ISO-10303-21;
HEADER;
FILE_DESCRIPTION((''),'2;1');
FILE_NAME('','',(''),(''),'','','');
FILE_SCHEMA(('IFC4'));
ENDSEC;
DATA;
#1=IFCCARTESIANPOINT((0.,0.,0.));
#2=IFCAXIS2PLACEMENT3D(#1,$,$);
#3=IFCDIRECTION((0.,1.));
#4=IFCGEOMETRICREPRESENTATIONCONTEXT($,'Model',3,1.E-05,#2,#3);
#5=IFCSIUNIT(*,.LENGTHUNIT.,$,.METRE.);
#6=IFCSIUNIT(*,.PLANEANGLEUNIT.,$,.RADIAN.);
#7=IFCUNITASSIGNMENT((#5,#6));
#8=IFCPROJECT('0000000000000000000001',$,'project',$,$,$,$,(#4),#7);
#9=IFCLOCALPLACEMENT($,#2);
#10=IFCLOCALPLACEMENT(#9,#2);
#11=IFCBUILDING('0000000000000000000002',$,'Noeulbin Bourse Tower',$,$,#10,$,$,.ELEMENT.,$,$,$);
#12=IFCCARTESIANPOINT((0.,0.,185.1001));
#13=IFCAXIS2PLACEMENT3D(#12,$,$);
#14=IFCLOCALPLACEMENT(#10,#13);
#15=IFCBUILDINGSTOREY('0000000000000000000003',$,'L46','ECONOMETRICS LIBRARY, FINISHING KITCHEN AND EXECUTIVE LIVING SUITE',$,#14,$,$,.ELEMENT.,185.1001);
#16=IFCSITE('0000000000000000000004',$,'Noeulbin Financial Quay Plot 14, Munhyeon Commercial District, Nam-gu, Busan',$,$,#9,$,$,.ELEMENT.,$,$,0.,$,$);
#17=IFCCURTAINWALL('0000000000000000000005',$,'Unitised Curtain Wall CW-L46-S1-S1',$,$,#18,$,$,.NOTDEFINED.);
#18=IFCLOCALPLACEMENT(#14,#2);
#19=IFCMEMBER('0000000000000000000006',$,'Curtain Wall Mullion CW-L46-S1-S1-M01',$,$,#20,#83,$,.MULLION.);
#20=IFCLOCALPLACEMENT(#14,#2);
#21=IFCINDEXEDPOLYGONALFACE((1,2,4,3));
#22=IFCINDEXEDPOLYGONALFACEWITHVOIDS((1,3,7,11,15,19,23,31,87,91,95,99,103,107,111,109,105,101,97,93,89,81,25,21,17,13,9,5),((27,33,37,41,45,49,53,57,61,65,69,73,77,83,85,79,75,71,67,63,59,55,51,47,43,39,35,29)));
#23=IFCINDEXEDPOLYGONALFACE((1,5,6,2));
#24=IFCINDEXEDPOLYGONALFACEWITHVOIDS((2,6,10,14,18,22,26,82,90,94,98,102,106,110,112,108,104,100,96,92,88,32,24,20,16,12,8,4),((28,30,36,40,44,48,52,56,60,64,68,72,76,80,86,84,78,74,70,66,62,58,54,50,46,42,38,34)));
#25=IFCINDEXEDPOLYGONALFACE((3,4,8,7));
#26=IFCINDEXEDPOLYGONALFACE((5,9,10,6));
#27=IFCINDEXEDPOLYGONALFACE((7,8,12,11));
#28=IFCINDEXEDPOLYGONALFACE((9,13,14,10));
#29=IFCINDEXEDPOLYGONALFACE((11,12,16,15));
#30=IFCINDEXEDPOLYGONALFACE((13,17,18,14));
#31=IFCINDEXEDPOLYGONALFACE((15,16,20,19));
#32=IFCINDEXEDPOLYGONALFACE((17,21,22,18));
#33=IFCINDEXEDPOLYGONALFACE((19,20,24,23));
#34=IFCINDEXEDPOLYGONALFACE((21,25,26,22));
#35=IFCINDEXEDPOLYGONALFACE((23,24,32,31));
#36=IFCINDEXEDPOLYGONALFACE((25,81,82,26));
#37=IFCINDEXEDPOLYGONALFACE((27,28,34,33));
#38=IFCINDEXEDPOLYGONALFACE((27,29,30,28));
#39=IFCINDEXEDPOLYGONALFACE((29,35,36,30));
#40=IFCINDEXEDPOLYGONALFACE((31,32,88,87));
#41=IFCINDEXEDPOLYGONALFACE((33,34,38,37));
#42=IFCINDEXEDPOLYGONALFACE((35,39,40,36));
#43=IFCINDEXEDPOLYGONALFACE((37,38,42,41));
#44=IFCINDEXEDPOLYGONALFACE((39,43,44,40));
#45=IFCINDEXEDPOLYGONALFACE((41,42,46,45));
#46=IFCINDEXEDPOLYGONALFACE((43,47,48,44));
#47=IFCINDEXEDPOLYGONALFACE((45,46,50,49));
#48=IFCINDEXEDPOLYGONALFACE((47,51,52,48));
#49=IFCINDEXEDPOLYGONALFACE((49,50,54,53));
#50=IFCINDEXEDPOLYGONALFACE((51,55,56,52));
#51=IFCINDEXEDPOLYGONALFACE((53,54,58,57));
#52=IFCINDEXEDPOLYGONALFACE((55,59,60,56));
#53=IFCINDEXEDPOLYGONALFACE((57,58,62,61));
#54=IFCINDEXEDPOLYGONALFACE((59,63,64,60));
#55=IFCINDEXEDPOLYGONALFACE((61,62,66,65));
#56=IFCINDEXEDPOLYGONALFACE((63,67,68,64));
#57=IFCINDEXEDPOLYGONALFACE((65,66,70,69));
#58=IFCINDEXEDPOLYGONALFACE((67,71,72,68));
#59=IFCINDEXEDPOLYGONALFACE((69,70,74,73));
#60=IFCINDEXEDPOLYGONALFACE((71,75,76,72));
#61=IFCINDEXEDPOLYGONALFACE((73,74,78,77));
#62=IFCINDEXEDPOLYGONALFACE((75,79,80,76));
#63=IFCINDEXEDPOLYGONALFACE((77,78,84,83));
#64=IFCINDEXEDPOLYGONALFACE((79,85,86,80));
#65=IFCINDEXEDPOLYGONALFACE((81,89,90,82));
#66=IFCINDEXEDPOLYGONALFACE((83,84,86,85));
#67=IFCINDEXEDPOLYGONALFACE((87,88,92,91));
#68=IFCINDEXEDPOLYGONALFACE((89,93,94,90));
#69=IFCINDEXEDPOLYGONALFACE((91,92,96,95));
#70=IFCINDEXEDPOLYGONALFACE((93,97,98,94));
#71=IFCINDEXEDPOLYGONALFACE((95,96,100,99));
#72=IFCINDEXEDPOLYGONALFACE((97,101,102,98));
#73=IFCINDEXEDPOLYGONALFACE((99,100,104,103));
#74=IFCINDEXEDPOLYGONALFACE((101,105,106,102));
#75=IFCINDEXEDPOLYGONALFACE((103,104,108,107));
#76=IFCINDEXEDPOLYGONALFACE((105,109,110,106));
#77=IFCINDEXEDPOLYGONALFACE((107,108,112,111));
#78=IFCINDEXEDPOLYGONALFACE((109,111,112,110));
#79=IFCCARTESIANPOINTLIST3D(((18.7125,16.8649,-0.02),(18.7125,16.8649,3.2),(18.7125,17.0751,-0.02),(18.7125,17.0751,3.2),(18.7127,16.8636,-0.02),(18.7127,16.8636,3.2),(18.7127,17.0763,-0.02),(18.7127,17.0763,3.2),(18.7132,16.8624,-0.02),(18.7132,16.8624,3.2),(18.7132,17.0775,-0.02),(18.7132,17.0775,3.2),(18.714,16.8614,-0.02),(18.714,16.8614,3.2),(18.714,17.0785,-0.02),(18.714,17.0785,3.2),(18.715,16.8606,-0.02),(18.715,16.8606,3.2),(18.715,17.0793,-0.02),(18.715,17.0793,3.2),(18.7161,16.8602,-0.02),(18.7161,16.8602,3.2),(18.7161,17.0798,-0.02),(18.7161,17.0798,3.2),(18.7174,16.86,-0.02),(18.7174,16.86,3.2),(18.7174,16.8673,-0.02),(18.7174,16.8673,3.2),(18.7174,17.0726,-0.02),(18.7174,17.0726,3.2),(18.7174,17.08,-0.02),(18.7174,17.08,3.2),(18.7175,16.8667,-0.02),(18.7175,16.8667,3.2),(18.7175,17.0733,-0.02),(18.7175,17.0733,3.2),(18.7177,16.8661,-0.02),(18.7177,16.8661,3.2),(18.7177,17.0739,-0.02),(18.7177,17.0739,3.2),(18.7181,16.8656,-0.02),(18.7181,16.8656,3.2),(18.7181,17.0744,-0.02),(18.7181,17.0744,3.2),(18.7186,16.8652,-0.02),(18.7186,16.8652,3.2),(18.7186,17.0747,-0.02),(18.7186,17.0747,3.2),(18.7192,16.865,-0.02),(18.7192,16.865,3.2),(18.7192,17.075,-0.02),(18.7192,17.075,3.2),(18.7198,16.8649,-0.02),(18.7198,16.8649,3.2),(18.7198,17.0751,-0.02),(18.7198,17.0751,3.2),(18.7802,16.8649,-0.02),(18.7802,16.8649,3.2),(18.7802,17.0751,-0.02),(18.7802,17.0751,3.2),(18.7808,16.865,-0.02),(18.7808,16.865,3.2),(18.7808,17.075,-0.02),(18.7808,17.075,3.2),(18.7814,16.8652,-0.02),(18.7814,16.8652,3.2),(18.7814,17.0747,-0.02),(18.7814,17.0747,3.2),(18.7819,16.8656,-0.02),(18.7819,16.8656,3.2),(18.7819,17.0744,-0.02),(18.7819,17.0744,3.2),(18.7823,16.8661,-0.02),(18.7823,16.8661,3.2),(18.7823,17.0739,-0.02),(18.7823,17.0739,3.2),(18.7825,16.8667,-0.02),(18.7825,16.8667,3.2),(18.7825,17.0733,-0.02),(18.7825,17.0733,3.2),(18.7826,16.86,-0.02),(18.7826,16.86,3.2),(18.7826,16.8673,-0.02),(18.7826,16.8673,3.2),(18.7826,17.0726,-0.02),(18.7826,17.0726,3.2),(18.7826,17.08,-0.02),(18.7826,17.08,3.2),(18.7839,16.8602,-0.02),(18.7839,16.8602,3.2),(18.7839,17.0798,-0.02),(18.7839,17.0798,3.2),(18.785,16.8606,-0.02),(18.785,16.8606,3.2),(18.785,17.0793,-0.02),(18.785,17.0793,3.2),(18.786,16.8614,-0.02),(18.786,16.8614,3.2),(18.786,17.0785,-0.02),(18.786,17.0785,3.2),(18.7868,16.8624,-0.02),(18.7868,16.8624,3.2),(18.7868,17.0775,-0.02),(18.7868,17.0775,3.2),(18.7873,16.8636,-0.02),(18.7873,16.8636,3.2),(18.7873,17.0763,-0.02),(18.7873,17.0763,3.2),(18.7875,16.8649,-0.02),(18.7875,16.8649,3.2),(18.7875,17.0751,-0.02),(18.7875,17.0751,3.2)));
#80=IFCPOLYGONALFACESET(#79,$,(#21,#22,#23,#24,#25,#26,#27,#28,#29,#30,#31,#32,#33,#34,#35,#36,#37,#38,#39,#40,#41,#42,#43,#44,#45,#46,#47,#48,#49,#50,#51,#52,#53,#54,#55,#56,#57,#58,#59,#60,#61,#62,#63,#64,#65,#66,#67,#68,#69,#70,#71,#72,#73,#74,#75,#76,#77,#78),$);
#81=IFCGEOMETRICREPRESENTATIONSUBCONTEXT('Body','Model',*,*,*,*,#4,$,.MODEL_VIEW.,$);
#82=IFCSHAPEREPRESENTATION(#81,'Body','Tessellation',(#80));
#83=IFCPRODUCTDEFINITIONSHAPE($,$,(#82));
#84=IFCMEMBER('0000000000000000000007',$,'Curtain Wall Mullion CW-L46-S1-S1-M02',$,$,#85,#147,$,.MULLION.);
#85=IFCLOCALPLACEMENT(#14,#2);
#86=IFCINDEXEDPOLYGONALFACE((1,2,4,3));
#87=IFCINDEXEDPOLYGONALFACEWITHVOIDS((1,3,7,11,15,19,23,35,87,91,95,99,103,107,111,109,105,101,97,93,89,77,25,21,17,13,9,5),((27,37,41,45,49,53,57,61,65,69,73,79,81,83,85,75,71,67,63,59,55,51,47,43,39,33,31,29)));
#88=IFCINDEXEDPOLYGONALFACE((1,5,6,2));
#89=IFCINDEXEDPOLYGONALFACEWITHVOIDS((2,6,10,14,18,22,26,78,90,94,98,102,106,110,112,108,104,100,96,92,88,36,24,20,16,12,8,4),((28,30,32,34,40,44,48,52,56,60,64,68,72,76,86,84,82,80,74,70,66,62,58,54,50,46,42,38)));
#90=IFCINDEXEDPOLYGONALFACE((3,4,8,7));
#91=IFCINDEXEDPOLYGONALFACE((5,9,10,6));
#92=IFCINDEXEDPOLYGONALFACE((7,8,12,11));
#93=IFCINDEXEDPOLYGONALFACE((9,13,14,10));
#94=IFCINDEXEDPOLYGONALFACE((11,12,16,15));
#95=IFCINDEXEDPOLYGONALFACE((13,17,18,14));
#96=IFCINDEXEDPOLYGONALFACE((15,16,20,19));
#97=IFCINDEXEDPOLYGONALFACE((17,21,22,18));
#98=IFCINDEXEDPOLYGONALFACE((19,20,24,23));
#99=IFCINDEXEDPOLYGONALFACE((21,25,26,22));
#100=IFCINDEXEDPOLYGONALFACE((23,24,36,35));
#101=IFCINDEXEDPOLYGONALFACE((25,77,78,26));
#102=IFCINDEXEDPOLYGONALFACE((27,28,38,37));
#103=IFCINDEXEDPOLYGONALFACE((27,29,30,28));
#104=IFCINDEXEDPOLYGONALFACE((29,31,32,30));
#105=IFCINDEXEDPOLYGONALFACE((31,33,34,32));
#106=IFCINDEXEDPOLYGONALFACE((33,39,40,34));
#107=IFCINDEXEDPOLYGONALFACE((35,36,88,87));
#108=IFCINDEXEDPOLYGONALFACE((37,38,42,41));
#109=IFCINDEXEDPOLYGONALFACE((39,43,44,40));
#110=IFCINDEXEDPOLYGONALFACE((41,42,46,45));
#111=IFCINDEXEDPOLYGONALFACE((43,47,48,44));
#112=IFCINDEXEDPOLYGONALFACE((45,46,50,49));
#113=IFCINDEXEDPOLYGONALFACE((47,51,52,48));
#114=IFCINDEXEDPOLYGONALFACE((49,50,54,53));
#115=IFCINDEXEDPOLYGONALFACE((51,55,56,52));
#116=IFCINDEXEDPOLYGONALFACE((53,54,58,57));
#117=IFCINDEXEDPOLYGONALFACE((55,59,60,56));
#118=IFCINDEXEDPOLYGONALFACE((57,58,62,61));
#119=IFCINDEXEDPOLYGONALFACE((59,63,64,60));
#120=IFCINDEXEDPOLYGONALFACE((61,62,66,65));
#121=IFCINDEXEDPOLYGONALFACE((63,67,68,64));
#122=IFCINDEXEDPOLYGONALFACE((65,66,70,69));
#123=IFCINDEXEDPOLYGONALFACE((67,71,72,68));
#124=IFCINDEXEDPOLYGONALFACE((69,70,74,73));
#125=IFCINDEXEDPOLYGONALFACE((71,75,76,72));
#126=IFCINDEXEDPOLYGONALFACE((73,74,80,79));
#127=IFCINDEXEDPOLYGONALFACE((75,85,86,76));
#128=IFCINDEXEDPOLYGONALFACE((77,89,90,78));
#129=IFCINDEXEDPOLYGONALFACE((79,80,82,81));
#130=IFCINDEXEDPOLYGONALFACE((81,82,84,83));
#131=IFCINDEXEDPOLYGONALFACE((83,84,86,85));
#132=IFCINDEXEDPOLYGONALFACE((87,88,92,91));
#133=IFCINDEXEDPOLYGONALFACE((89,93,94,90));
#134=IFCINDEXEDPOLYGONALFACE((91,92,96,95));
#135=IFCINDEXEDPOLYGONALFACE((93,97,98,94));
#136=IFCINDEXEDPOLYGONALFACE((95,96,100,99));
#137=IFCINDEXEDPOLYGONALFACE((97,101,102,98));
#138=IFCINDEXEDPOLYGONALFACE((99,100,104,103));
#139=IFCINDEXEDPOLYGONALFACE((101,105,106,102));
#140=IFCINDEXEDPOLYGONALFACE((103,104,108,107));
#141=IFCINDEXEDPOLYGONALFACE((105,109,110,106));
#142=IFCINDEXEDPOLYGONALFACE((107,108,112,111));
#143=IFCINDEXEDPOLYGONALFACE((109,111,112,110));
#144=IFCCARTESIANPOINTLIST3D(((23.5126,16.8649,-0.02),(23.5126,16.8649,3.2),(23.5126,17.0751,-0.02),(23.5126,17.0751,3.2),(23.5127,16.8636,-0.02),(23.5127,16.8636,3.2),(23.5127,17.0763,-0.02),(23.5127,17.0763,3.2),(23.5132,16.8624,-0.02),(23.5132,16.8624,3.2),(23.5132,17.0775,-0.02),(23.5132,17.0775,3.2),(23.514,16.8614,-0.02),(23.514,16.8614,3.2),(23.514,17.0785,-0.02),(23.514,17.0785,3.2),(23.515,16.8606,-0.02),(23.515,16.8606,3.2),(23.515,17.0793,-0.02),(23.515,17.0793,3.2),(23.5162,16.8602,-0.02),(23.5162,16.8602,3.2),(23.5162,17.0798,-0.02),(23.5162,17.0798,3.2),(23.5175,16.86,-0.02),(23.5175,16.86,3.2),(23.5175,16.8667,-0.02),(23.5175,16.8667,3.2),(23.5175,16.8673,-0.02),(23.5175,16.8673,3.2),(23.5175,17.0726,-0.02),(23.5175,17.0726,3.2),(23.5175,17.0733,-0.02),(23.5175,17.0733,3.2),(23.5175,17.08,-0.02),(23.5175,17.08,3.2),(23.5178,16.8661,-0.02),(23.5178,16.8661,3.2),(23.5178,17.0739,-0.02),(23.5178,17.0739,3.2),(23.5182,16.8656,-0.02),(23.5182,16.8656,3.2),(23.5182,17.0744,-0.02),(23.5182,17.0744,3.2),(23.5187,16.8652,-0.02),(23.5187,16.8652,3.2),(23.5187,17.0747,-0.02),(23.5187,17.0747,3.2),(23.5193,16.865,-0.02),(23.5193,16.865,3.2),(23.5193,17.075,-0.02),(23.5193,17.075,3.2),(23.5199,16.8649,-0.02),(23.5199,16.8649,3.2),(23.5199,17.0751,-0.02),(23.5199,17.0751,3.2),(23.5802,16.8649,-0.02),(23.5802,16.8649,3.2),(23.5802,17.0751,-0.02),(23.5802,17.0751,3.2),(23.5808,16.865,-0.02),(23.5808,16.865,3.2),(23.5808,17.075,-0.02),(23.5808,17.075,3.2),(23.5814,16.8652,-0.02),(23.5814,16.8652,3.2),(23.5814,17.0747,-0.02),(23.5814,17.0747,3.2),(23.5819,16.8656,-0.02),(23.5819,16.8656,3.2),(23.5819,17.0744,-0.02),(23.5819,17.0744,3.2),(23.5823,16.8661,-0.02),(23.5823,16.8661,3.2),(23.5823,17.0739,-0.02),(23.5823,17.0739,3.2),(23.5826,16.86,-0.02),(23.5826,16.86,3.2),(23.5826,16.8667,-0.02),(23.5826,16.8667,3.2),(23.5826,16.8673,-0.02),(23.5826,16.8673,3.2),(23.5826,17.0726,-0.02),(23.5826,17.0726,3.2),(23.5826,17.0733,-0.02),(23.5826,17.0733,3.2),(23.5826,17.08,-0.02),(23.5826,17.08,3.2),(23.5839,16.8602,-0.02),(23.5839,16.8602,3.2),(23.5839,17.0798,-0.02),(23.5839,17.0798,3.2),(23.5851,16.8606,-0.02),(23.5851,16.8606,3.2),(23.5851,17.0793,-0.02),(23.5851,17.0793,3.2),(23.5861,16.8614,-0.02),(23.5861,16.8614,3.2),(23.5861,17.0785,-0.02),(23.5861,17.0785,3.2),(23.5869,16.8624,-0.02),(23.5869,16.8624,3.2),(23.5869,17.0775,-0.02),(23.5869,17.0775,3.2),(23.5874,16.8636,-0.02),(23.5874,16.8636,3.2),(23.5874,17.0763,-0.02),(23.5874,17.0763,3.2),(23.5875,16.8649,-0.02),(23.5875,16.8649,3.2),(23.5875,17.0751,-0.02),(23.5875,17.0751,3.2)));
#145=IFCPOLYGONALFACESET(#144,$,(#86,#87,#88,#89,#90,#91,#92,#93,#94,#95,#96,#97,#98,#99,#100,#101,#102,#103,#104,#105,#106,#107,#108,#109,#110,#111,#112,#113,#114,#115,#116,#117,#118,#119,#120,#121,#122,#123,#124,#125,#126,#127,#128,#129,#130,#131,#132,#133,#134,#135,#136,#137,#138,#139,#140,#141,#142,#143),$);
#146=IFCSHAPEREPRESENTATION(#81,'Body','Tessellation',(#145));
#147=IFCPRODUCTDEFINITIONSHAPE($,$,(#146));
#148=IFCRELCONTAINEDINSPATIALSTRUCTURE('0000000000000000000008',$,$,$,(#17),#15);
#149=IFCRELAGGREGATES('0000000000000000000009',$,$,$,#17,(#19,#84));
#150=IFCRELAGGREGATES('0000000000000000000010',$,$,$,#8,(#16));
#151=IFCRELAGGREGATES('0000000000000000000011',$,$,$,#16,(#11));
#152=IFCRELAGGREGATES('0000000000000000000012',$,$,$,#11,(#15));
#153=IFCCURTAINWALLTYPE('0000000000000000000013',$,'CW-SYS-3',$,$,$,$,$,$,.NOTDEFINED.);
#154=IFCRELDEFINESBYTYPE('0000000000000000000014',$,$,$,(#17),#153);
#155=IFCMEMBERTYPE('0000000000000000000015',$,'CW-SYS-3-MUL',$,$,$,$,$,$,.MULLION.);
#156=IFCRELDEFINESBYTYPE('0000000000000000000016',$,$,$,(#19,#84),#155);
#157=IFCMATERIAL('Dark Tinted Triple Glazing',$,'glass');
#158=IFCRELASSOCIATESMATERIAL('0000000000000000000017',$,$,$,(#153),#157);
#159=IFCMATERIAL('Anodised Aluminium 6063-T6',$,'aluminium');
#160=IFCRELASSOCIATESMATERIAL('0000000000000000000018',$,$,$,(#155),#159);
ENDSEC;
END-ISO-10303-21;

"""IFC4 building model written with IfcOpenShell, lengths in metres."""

from ifc_helpers import new_model, si_unit, direction, frame, origin, origin_2d, place, context, subcontext, project, spatial, hollow_rectangle, extrude, material, material_profile, profile_set, type_object, element, aggregate, save


model = new_model("IFC4")

# Units and contexts
model_context = context("Model", 3, precision=1e-05, world=origin(), true_north=direction((0.0, 1.0)))
body_context = subcontext(model_context, "Body", "Model", "MODEL_VIEW")
ifc_project = project(units=[si_unit("LENGTHUNIT", "METRE"), si_unit("PLANEANGLEUNIT", "RADIAN")], contexts=[model_context])

# Site, building, storey
site_placement = place(None, origin())
site = spatial("IfcSite", under=ifc_project, at=site_placement, Name="Noeulbin Financial Quay Plot 14, Munhyeon Commercial District, Nam-gu, Busan", CompositionType="ELEMENT", RefElevation=0.0)
building_placement = place(site_placement, origin())
building = spatial("IfcBuilding", under=site, at=building_placement, Name="Noeulbin Bourse Tower", CompositionType="ELEMENT")
storey_placement = place(building_placement, frame((0.0, 0.0, 185.1001)))
storey = spatial("IfcBuildingStorey", under=building, at=storey_placement, Name="L46", Description="ECONOMETRICS LIBRARY, FINISHING KITCHEN AND EXECUTIVE LIVING SUITE", CompositionType="ELEMENT", Elevation=185.1001)

# Curtain wall, members
ifc_material_1 = material(Name="Dark Tinted Triple Glazing", Category="glass")
curtain_wall_type = type_object("IfcCurtainWallType", Name="CW-SYS-3", PredefinedType="NOTDEFINED", material=ifc_material_1)
curtain_wall_1_placement = place(storey_placement, origin())
curtain_wall_1 = element("IfcCurtainWall", 1, at=curtain_wall_1_placement, inside=storey, type_object=curtain_wall_type, Name="Unitised Curtain Wall CW-L46-S1-S1", PredefinedType="NOTDEFINED")
ifc_material_2 = material(Name="Anodised Aluminium 6063-T6", Category="aluminium")
ifc_material_profile_1 = material_profile(ifc_material_2, hollow_rectangle(XDim=0.075, YDim=0.22, WallThickness=0.0049, InnerFilletRadius=0.0024, OuterFilletRadius=0.0049, at=origin_2d()), Name="ALU-MULL-75x220x5", Category="LoadBearing")
ifc_profile_set_1 = profile_set([ifc_material_profile_1], Name="Anodised Aluminium 6063-T6")
member_type_1 = type_object("IfcMemberType", Name="CW-SYS-3-MUL", PredefinedType="MULLION", material=ifc_profile_set_1)
member_1_placement = place(storey_placement, frame((18.75, 16.97, -0.02), z_axis=(0.0, 0.0, 1.0), x_axis=(1.0, 0.0, 0.0)))
member_1 = element("IfcMember", 2, at=member_1_placement, type_object=member_type_1, Name="Curtain Wall Mullion CW-L46-S1-S1-M01", PredefinedType="MULLION", context=body_context, shape_type="SweptSolid", body=[
    extrude(hollow_rectangle(XDim=0.075, YDim=0.22, WallThickness=0.0049, InnerFilletRadius=0.0024, OuterFilletRadius=0.0049, at=origin_2d()), origin(), (0.0, 0.0, 1.0), 3.22),
])
member_2_placement = place(storey_placement, frame((23.55, 16.97, -0.02), z_axis=(0.0, 0.0, 1.0), x_axis=(1.0, 0.0, 0.0)))
member_2 = element("IfcMember", 3, at=member_2_placement, type_object=member_type_1, Name="Curtain Wall Mullion CW-L46-S1-S1-M02", PredefinedType="MULLION", context=body_context, shape_type="SweptSolid", body=[
    extrude(hollow_rectangle(XDim=0.075, YDim=0.22, WallThickness=0.0049, InnerFilletRadius=0.0024, OuterFilletRadius=0.0049, at=origin_2d()), origin(), (0.0, 0.0, 1.0), 3.22),
])

aggregate(curtain_wall_1, [member_1, member_2])

save(model, "model.ifc")
